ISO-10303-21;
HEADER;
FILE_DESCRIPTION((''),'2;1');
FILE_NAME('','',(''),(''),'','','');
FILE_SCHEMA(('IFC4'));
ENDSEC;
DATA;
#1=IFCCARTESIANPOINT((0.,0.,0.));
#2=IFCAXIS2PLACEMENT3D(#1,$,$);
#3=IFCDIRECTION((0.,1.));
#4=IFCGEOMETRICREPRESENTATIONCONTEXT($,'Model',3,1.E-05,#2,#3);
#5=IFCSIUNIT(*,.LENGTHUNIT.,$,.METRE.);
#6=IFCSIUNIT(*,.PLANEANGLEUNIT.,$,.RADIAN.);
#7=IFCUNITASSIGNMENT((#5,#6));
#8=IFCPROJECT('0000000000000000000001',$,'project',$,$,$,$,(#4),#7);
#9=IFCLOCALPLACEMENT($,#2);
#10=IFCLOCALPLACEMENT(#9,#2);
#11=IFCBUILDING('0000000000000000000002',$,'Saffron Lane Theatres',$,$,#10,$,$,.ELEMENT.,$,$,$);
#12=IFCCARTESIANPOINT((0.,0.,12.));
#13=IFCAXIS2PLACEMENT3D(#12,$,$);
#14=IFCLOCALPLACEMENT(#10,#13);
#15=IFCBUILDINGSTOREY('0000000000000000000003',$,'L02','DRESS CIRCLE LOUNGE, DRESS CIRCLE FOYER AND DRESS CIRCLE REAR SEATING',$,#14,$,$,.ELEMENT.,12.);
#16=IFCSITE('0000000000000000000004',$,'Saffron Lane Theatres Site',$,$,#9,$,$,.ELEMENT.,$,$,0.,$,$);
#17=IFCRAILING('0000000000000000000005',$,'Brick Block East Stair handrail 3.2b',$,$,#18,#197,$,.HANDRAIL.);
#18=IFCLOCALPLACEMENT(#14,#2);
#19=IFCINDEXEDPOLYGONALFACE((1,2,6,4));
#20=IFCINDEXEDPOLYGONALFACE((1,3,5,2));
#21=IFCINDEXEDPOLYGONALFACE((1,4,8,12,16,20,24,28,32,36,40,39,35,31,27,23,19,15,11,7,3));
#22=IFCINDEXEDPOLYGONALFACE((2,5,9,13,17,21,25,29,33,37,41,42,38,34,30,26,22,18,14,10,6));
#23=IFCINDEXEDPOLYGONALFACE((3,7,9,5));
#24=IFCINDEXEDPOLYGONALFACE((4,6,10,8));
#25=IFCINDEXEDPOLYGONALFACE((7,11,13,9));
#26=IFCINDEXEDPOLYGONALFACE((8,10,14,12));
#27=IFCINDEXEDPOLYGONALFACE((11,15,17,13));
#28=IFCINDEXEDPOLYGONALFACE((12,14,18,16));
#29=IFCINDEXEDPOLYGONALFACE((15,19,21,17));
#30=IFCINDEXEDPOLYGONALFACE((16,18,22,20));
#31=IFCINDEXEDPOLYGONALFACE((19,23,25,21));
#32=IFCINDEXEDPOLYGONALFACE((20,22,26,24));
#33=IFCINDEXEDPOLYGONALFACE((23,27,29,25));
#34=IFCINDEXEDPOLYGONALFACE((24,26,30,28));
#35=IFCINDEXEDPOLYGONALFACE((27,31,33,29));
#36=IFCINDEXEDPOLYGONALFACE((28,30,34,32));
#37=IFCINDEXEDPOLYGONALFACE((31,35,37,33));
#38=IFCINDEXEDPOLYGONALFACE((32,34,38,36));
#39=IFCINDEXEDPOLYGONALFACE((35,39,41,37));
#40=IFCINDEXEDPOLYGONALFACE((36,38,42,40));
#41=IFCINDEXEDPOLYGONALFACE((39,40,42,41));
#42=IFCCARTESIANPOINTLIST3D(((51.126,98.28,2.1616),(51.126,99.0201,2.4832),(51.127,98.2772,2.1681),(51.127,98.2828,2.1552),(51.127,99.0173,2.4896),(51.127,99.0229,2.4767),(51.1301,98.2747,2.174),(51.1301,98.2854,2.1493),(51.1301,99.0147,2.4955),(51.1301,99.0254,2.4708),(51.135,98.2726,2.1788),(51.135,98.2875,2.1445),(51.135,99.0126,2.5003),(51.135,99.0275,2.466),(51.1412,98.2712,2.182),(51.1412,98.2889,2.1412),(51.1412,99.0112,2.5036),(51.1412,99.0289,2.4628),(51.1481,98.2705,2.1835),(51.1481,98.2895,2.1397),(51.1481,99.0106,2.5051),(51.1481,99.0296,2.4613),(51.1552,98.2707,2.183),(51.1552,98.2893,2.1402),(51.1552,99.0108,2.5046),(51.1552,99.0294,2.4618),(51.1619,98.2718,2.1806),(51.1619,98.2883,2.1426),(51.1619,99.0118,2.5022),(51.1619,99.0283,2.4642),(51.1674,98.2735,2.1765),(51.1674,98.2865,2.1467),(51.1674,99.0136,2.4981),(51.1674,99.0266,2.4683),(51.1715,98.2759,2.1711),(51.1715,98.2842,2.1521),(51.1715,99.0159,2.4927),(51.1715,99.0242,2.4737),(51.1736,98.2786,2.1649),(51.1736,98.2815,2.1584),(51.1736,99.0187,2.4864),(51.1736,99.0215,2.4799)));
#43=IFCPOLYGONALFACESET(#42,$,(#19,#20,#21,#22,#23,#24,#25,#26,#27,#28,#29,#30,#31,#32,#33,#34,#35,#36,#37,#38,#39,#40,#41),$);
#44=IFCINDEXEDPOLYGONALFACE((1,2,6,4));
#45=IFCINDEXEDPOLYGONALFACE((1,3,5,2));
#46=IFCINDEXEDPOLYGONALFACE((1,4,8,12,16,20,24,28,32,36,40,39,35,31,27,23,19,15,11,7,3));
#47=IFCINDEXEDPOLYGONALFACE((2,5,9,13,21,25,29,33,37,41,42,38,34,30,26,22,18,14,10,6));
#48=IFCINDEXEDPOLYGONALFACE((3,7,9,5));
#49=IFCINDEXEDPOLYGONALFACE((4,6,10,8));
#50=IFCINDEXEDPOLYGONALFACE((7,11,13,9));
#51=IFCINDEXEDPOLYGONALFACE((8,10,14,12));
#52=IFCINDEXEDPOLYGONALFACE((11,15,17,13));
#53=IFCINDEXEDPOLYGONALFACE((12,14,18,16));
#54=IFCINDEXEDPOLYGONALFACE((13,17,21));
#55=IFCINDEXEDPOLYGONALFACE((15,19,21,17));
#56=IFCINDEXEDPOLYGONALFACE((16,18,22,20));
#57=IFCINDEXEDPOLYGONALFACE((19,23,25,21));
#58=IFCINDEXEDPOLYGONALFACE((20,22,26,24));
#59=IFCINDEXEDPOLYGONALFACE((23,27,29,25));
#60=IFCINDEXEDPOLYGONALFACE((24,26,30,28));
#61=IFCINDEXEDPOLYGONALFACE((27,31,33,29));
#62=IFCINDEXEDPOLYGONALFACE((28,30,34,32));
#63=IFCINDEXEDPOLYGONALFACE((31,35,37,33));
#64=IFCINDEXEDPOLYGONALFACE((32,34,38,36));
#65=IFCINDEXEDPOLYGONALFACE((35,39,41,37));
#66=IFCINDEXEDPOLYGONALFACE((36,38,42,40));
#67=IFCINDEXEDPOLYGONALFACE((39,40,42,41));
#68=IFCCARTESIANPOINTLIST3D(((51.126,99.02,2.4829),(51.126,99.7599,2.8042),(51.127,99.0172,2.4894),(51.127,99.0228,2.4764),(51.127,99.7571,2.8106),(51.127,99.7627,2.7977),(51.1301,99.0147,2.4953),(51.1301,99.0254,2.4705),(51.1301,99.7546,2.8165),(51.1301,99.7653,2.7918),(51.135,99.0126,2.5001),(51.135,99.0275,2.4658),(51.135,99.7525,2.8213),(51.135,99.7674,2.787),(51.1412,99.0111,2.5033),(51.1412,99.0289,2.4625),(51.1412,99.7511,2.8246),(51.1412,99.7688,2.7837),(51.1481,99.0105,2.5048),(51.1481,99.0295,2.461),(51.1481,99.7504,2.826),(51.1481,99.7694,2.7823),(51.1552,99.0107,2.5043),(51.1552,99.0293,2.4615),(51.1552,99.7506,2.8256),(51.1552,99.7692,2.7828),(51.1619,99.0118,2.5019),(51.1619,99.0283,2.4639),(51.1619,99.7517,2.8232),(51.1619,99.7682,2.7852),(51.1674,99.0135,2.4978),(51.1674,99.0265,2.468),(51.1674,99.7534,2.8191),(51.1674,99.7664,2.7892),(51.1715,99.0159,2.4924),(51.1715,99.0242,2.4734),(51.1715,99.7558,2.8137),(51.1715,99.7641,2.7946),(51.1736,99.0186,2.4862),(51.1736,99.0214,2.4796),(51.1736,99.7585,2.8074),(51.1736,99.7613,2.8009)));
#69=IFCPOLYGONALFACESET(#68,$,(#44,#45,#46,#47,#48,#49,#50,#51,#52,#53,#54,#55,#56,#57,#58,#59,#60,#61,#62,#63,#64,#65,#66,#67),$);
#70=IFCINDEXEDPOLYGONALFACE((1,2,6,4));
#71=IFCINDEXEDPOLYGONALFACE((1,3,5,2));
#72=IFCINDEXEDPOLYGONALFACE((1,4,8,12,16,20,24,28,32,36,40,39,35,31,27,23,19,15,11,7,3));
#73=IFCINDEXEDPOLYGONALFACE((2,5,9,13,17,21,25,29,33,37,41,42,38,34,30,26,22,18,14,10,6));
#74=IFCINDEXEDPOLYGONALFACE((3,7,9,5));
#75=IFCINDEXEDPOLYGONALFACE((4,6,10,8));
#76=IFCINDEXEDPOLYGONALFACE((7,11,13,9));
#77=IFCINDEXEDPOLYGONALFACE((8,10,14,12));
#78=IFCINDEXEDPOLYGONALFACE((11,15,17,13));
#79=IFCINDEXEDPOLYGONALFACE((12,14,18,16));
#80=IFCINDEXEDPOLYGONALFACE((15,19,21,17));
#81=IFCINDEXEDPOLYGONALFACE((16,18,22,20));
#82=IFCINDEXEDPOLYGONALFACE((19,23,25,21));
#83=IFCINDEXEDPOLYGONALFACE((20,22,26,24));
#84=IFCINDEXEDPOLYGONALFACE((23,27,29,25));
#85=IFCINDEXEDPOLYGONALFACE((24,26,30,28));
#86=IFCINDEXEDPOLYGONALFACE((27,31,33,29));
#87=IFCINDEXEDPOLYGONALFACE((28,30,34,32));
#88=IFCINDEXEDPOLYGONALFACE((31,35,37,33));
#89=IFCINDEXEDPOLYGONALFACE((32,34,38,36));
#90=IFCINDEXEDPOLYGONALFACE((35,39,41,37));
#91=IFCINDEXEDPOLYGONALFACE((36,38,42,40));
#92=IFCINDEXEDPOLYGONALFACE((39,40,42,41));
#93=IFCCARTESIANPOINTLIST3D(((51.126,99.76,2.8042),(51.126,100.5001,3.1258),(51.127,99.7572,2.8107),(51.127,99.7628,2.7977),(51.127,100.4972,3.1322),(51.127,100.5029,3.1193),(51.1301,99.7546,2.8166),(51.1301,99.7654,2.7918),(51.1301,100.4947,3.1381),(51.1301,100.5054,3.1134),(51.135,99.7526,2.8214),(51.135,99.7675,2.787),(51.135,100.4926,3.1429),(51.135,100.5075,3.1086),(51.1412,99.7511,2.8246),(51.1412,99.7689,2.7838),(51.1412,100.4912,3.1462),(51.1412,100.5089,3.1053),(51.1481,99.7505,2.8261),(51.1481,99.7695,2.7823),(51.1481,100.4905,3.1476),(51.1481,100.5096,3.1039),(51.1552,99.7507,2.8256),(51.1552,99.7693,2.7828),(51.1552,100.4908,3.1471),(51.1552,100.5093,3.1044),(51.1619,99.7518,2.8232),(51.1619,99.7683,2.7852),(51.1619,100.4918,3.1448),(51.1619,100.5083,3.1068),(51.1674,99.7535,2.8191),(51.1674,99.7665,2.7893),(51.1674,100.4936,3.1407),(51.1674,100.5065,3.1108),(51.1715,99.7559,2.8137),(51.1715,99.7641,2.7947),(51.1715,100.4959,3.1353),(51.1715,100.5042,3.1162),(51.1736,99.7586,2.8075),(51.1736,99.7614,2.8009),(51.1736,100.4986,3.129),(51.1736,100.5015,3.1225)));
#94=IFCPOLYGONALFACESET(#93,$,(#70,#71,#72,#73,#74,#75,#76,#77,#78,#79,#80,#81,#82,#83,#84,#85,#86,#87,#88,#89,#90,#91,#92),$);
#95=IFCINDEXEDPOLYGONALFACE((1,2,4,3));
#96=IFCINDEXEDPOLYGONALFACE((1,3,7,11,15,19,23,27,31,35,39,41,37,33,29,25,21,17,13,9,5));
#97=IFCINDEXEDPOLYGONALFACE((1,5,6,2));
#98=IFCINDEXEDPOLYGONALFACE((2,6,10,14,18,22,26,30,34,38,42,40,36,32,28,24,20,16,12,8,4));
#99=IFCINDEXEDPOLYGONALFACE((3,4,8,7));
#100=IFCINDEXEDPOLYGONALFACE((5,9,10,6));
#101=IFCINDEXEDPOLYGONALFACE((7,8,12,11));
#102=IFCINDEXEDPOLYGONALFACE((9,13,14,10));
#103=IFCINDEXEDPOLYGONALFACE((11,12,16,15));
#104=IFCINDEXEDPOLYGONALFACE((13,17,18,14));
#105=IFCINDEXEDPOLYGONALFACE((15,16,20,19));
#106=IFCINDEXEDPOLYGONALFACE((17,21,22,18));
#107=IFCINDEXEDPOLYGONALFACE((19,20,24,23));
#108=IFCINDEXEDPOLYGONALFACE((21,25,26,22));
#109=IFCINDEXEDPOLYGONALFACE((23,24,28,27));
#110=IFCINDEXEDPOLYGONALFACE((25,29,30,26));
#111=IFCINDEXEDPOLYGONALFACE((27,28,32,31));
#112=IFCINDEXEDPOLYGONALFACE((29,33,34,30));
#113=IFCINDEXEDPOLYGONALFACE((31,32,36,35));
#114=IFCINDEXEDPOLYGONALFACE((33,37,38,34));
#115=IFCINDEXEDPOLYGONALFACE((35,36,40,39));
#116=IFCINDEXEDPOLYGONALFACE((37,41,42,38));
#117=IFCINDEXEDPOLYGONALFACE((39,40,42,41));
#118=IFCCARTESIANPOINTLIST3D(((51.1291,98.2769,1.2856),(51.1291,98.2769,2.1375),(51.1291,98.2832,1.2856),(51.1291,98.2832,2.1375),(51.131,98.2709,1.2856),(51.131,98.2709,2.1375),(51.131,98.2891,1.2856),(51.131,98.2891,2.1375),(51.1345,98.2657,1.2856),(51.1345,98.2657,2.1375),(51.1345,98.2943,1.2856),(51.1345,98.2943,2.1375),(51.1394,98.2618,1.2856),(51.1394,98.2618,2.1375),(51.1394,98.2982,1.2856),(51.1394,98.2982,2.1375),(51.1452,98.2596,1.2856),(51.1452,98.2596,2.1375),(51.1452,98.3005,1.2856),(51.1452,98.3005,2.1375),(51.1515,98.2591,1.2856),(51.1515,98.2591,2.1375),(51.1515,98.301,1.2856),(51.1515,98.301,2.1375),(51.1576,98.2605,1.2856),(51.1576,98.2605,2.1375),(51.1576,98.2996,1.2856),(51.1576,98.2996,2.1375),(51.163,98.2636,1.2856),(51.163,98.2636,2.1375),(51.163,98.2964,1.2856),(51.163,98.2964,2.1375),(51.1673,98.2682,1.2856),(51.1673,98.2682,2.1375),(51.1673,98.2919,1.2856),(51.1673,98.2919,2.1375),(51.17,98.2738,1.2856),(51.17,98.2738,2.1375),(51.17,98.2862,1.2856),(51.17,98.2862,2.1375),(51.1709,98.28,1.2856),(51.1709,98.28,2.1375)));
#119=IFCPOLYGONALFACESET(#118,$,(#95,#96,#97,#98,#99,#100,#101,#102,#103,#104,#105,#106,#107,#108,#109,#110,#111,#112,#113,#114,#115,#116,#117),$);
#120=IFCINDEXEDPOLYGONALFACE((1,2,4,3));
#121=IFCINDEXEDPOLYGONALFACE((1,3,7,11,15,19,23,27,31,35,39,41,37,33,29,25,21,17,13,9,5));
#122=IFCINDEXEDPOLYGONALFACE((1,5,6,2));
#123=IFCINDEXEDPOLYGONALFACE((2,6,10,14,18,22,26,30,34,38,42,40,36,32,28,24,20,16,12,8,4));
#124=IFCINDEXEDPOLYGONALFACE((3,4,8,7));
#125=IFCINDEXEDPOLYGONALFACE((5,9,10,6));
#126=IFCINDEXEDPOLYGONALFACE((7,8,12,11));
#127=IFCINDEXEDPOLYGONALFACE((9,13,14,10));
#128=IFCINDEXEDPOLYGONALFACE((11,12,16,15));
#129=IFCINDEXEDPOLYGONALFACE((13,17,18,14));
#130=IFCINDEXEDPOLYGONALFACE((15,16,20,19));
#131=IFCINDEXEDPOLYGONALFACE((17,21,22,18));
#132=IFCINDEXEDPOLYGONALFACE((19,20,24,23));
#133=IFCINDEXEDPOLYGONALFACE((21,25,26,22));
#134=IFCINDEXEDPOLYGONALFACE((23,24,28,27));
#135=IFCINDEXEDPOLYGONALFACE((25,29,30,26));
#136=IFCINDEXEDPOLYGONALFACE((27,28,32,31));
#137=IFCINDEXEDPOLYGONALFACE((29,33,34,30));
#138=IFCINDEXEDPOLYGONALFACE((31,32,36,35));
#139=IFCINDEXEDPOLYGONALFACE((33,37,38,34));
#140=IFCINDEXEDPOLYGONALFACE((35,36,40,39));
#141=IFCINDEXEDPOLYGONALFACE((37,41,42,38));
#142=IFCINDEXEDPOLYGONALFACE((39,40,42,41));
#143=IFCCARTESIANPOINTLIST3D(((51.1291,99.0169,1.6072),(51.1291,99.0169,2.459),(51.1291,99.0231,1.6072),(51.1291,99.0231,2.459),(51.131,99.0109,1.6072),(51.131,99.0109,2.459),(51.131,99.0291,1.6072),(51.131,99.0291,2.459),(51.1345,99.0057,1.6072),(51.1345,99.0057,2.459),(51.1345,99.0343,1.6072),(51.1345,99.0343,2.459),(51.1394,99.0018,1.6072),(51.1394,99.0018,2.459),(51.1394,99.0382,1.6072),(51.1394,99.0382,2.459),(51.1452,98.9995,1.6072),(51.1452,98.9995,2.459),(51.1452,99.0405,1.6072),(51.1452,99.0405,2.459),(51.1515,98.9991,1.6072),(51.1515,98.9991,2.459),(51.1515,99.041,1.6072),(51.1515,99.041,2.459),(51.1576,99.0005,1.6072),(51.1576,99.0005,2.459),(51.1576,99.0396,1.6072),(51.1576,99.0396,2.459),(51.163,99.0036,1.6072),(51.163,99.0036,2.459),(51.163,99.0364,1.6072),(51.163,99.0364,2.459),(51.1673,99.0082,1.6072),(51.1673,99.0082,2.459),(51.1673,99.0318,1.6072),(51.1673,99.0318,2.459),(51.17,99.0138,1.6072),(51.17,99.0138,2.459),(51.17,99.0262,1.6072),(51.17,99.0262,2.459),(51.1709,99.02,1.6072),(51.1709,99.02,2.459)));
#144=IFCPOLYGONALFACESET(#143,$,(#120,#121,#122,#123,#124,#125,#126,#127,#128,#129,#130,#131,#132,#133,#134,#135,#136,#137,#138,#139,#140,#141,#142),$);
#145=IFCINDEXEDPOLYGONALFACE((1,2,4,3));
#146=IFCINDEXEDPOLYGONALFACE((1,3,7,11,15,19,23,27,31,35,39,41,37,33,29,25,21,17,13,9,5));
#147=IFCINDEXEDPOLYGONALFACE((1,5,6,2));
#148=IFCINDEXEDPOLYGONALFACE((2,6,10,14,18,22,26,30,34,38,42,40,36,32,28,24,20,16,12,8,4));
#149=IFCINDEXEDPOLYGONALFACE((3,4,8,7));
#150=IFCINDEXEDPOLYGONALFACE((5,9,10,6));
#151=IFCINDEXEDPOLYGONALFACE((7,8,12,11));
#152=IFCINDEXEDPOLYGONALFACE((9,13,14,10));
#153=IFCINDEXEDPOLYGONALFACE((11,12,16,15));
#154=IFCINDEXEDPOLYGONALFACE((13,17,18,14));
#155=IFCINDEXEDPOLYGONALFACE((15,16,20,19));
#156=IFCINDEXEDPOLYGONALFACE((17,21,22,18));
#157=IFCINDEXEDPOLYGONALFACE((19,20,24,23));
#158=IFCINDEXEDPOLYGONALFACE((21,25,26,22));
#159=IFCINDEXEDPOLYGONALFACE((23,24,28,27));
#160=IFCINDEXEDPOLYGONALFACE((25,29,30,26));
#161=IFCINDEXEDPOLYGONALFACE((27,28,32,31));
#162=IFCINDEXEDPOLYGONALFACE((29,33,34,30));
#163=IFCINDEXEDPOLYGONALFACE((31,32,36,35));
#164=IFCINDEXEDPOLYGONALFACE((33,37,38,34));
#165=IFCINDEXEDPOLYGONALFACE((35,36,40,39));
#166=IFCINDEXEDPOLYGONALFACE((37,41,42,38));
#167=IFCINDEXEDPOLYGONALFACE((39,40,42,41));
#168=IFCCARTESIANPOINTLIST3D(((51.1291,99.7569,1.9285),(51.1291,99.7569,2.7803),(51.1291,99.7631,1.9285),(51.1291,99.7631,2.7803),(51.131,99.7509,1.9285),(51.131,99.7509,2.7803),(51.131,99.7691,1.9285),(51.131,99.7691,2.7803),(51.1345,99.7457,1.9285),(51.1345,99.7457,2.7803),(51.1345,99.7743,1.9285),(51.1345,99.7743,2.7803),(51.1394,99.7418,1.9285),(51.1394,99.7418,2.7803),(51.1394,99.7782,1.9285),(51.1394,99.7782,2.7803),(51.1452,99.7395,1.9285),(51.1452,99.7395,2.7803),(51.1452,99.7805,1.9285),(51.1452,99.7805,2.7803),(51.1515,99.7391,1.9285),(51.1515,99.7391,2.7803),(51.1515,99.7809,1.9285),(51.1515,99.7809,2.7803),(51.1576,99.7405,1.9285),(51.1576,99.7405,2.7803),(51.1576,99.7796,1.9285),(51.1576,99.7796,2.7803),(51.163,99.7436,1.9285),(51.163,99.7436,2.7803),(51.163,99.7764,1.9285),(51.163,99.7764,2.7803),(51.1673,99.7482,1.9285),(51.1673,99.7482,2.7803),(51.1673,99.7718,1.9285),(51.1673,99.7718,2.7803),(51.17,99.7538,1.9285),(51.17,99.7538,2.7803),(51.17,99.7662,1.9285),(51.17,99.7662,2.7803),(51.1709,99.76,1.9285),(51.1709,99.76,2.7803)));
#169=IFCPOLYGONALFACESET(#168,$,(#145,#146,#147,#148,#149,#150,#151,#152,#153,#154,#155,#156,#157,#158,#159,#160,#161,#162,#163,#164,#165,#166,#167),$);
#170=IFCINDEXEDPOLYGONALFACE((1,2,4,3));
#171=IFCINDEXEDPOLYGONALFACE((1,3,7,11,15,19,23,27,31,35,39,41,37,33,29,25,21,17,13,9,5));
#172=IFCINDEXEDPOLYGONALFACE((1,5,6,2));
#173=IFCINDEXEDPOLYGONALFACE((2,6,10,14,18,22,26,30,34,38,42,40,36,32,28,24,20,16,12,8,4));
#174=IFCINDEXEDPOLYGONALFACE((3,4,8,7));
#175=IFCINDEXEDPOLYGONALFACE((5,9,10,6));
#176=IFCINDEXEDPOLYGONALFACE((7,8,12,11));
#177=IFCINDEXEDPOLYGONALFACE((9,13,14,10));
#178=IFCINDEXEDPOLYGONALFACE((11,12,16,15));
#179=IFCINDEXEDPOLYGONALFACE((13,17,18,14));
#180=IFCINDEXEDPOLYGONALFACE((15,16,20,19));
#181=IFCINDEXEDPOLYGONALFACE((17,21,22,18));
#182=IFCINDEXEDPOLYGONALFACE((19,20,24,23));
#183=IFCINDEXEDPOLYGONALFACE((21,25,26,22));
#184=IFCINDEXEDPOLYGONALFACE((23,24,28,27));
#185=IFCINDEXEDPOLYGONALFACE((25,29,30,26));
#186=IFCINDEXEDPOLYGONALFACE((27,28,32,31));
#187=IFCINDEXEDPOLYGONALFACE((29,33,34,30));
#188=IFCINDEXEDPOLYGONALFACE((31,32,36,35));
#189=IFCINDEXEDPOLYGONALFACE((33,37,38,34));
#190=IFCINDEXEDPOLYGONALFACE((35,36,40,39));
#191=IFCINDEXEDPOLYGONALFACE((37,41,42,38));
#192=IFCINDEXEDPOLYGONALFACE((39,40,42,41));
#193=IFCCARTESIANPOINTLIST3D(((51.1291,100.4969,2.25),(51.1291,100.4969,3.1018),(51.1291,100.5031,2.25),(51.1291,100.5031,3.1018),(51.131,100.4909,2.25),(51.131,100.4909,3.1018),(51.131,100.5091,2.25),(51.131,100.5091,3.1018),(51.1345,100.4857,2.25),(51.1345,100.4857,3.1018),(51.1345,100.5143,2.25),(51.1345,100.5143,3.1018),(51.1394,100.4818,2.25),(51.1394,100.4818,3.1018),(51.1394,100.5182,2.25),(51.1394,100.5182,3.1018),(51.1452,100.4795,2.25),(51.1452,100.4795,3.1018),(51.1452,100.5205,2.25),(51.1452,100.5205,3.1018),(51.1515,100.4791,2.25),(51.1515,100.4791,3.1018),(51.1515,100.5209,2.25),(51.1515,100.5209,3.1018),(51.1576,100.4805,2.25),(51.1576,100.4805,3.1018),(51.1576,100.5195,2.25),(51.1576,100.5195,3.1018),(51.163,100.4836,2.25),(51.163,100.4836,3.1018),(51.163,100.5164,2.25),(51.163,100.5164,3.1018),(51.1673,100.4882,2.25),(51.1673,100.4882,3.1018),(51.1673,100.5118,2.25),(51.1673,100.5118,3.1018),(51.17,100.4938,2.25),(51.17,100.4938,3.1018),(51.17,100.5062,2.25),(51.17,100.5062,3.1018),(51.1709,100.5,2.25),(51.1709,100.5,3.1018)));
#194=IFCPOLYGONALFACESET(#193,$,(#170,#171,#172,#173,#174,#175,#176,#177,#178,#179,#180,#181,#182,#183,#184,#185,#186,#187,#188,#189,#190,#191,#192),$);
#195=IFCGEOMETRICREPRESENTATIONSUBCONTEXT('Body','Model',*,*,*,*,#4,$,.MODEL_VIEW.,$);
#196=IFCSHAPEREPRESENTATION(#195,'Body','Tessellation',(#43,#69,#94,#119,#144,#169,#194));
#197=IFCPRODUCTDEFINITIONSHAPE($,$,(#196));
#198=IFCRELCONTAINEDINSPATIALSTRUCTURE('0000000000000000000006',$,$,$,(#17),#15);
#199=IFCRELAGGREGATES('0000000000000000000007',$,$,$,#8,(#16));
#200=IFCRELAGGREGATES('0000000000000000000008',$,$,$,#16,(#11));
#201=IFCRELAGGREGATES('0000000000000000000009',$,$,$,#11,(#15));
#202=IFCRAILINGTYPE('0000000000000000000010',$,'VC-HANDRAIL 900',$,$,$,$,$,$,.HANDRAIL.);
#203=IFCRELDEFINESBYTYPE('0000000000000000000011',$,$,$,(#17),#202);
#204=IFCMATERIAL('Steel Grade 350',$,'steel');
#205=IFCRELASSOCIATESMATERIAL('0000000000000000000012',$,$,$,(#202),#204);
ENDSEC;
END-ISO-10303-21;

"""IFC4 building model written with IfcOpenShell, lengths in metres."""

from ifc_helpers import new_model, si_unit, direction, frame, origin, origin_2d, place, context, subcontext, project, spatial, circle, extrude, material, type_object, element, save


model = new_model("IFC4")

# Units and contexts
model_context = context("Model", 3, precision=1e-05, world=origin(), true_north=direction((0.0, 1.0)))
body_context = subcontext(model_context, "Body", "Model", "MODEL_VIEW")
ifc_project = project(units=[si_unit("LENGTHUNIT", "METRE"), si_unit("PLANEANGLEUNIT", "RADIAN")], contexts=[model_context])

# Site, building, storey
site_placement = place(None, origin())
site = spatial("IfcSite", under=ifc_project, at=site_placement, Name="Saffron Lane Theatres Site", CompositionType="ELEMENT", RefElevation=0.0)
building_placement = place(site_placement, origin())
building = spatial("IfcBuilding", under=site, at=building_placement, Name="Saffron Lane Theatres", CompositionType="ELEMENT")
storey_placement = place(building_placement, frame((0.0, 0.0, 12.0)))
storey = spatial("IfcBuildingStorey", under=building, at=storey_placement, Name="L02", Description="DRESS CIRCLE LOUNGE, DRESS CIRCLE FOYER AND DRESS CIRCLE REAR SEATING", CompositionType="ELEMENT", Elevation=12.0)

# Railing
ifc_material_1 = material(Name="Steel Grade 350", Category="steel")
railing_type_1 = type_object("IfcRailingType", Name="VC-HANDRAIL 900", PredefinedType="HANDRAIL", material=ifc_material_1)
for number, where, name in (
    (1, (51.1499, 98.28, 1.2856), "Brick Block East Stair handrail 3.2b"),
):
    element("IfcRailing", number, at=place(storey_placement, frame(where)), inside=storey, type_object=railing_type_1, Name=name, PredefinedType="HANDRAIL", context=body_context, shape_type="SweptSolid", body=[
        extrude(circle(Radius=0.0239, at=origin_2d()), frame((0.0, 0.0, 0.876), z_axis=(0.0, 0.917161, 0.398516), x_axis=(-1.0, 0.0, 0.0)), (0.0, 0.0, 1.0), 0.8069),
        extrude(circle(Radius=0.0239, at=origin_2d()), frame((0.0, 0.74, 1.1973), z_axis=(0.0, 0.917272, 0.398261), x_axis=(-1.0, 0.0, 0.0)), (0.0, 0.0, 1.0), 0.8066),
        extrude(circle(Radius=0.0239, at=origin_2d()), frame((0.0, 1.48, 1.5186), z_axis=(0.0, 0.917161, 0.398516), x_axis=(-1.0, 0.0, 0.0)), (0.0, 0.0, 1.0), 0.8069),
        extrude(circle(Radius=0.021, at=origin_2d()), origin(), (0.0, 0.0, 1.0), 0.8518),
        extrude(circle(Radius=0.021, at=origin_2d()), frame((0.0, 0.74, 0.3215)), (0.0, 0.0, 1.0), 0.8518),
        extrude(circle(Radius=0.021, at=origin_2d()), frame((0.0, 1.48, 0.6428)), (0.0, 0.0, 1.0), 0.8518),
        extrude(circle(Radius=0.021, at=origin_2d()), frame((0.0, 2.22, 0.9644)), (0.0, 0.0, 1.0), 0.8518),
    ])

save(model, "model.ifc")
